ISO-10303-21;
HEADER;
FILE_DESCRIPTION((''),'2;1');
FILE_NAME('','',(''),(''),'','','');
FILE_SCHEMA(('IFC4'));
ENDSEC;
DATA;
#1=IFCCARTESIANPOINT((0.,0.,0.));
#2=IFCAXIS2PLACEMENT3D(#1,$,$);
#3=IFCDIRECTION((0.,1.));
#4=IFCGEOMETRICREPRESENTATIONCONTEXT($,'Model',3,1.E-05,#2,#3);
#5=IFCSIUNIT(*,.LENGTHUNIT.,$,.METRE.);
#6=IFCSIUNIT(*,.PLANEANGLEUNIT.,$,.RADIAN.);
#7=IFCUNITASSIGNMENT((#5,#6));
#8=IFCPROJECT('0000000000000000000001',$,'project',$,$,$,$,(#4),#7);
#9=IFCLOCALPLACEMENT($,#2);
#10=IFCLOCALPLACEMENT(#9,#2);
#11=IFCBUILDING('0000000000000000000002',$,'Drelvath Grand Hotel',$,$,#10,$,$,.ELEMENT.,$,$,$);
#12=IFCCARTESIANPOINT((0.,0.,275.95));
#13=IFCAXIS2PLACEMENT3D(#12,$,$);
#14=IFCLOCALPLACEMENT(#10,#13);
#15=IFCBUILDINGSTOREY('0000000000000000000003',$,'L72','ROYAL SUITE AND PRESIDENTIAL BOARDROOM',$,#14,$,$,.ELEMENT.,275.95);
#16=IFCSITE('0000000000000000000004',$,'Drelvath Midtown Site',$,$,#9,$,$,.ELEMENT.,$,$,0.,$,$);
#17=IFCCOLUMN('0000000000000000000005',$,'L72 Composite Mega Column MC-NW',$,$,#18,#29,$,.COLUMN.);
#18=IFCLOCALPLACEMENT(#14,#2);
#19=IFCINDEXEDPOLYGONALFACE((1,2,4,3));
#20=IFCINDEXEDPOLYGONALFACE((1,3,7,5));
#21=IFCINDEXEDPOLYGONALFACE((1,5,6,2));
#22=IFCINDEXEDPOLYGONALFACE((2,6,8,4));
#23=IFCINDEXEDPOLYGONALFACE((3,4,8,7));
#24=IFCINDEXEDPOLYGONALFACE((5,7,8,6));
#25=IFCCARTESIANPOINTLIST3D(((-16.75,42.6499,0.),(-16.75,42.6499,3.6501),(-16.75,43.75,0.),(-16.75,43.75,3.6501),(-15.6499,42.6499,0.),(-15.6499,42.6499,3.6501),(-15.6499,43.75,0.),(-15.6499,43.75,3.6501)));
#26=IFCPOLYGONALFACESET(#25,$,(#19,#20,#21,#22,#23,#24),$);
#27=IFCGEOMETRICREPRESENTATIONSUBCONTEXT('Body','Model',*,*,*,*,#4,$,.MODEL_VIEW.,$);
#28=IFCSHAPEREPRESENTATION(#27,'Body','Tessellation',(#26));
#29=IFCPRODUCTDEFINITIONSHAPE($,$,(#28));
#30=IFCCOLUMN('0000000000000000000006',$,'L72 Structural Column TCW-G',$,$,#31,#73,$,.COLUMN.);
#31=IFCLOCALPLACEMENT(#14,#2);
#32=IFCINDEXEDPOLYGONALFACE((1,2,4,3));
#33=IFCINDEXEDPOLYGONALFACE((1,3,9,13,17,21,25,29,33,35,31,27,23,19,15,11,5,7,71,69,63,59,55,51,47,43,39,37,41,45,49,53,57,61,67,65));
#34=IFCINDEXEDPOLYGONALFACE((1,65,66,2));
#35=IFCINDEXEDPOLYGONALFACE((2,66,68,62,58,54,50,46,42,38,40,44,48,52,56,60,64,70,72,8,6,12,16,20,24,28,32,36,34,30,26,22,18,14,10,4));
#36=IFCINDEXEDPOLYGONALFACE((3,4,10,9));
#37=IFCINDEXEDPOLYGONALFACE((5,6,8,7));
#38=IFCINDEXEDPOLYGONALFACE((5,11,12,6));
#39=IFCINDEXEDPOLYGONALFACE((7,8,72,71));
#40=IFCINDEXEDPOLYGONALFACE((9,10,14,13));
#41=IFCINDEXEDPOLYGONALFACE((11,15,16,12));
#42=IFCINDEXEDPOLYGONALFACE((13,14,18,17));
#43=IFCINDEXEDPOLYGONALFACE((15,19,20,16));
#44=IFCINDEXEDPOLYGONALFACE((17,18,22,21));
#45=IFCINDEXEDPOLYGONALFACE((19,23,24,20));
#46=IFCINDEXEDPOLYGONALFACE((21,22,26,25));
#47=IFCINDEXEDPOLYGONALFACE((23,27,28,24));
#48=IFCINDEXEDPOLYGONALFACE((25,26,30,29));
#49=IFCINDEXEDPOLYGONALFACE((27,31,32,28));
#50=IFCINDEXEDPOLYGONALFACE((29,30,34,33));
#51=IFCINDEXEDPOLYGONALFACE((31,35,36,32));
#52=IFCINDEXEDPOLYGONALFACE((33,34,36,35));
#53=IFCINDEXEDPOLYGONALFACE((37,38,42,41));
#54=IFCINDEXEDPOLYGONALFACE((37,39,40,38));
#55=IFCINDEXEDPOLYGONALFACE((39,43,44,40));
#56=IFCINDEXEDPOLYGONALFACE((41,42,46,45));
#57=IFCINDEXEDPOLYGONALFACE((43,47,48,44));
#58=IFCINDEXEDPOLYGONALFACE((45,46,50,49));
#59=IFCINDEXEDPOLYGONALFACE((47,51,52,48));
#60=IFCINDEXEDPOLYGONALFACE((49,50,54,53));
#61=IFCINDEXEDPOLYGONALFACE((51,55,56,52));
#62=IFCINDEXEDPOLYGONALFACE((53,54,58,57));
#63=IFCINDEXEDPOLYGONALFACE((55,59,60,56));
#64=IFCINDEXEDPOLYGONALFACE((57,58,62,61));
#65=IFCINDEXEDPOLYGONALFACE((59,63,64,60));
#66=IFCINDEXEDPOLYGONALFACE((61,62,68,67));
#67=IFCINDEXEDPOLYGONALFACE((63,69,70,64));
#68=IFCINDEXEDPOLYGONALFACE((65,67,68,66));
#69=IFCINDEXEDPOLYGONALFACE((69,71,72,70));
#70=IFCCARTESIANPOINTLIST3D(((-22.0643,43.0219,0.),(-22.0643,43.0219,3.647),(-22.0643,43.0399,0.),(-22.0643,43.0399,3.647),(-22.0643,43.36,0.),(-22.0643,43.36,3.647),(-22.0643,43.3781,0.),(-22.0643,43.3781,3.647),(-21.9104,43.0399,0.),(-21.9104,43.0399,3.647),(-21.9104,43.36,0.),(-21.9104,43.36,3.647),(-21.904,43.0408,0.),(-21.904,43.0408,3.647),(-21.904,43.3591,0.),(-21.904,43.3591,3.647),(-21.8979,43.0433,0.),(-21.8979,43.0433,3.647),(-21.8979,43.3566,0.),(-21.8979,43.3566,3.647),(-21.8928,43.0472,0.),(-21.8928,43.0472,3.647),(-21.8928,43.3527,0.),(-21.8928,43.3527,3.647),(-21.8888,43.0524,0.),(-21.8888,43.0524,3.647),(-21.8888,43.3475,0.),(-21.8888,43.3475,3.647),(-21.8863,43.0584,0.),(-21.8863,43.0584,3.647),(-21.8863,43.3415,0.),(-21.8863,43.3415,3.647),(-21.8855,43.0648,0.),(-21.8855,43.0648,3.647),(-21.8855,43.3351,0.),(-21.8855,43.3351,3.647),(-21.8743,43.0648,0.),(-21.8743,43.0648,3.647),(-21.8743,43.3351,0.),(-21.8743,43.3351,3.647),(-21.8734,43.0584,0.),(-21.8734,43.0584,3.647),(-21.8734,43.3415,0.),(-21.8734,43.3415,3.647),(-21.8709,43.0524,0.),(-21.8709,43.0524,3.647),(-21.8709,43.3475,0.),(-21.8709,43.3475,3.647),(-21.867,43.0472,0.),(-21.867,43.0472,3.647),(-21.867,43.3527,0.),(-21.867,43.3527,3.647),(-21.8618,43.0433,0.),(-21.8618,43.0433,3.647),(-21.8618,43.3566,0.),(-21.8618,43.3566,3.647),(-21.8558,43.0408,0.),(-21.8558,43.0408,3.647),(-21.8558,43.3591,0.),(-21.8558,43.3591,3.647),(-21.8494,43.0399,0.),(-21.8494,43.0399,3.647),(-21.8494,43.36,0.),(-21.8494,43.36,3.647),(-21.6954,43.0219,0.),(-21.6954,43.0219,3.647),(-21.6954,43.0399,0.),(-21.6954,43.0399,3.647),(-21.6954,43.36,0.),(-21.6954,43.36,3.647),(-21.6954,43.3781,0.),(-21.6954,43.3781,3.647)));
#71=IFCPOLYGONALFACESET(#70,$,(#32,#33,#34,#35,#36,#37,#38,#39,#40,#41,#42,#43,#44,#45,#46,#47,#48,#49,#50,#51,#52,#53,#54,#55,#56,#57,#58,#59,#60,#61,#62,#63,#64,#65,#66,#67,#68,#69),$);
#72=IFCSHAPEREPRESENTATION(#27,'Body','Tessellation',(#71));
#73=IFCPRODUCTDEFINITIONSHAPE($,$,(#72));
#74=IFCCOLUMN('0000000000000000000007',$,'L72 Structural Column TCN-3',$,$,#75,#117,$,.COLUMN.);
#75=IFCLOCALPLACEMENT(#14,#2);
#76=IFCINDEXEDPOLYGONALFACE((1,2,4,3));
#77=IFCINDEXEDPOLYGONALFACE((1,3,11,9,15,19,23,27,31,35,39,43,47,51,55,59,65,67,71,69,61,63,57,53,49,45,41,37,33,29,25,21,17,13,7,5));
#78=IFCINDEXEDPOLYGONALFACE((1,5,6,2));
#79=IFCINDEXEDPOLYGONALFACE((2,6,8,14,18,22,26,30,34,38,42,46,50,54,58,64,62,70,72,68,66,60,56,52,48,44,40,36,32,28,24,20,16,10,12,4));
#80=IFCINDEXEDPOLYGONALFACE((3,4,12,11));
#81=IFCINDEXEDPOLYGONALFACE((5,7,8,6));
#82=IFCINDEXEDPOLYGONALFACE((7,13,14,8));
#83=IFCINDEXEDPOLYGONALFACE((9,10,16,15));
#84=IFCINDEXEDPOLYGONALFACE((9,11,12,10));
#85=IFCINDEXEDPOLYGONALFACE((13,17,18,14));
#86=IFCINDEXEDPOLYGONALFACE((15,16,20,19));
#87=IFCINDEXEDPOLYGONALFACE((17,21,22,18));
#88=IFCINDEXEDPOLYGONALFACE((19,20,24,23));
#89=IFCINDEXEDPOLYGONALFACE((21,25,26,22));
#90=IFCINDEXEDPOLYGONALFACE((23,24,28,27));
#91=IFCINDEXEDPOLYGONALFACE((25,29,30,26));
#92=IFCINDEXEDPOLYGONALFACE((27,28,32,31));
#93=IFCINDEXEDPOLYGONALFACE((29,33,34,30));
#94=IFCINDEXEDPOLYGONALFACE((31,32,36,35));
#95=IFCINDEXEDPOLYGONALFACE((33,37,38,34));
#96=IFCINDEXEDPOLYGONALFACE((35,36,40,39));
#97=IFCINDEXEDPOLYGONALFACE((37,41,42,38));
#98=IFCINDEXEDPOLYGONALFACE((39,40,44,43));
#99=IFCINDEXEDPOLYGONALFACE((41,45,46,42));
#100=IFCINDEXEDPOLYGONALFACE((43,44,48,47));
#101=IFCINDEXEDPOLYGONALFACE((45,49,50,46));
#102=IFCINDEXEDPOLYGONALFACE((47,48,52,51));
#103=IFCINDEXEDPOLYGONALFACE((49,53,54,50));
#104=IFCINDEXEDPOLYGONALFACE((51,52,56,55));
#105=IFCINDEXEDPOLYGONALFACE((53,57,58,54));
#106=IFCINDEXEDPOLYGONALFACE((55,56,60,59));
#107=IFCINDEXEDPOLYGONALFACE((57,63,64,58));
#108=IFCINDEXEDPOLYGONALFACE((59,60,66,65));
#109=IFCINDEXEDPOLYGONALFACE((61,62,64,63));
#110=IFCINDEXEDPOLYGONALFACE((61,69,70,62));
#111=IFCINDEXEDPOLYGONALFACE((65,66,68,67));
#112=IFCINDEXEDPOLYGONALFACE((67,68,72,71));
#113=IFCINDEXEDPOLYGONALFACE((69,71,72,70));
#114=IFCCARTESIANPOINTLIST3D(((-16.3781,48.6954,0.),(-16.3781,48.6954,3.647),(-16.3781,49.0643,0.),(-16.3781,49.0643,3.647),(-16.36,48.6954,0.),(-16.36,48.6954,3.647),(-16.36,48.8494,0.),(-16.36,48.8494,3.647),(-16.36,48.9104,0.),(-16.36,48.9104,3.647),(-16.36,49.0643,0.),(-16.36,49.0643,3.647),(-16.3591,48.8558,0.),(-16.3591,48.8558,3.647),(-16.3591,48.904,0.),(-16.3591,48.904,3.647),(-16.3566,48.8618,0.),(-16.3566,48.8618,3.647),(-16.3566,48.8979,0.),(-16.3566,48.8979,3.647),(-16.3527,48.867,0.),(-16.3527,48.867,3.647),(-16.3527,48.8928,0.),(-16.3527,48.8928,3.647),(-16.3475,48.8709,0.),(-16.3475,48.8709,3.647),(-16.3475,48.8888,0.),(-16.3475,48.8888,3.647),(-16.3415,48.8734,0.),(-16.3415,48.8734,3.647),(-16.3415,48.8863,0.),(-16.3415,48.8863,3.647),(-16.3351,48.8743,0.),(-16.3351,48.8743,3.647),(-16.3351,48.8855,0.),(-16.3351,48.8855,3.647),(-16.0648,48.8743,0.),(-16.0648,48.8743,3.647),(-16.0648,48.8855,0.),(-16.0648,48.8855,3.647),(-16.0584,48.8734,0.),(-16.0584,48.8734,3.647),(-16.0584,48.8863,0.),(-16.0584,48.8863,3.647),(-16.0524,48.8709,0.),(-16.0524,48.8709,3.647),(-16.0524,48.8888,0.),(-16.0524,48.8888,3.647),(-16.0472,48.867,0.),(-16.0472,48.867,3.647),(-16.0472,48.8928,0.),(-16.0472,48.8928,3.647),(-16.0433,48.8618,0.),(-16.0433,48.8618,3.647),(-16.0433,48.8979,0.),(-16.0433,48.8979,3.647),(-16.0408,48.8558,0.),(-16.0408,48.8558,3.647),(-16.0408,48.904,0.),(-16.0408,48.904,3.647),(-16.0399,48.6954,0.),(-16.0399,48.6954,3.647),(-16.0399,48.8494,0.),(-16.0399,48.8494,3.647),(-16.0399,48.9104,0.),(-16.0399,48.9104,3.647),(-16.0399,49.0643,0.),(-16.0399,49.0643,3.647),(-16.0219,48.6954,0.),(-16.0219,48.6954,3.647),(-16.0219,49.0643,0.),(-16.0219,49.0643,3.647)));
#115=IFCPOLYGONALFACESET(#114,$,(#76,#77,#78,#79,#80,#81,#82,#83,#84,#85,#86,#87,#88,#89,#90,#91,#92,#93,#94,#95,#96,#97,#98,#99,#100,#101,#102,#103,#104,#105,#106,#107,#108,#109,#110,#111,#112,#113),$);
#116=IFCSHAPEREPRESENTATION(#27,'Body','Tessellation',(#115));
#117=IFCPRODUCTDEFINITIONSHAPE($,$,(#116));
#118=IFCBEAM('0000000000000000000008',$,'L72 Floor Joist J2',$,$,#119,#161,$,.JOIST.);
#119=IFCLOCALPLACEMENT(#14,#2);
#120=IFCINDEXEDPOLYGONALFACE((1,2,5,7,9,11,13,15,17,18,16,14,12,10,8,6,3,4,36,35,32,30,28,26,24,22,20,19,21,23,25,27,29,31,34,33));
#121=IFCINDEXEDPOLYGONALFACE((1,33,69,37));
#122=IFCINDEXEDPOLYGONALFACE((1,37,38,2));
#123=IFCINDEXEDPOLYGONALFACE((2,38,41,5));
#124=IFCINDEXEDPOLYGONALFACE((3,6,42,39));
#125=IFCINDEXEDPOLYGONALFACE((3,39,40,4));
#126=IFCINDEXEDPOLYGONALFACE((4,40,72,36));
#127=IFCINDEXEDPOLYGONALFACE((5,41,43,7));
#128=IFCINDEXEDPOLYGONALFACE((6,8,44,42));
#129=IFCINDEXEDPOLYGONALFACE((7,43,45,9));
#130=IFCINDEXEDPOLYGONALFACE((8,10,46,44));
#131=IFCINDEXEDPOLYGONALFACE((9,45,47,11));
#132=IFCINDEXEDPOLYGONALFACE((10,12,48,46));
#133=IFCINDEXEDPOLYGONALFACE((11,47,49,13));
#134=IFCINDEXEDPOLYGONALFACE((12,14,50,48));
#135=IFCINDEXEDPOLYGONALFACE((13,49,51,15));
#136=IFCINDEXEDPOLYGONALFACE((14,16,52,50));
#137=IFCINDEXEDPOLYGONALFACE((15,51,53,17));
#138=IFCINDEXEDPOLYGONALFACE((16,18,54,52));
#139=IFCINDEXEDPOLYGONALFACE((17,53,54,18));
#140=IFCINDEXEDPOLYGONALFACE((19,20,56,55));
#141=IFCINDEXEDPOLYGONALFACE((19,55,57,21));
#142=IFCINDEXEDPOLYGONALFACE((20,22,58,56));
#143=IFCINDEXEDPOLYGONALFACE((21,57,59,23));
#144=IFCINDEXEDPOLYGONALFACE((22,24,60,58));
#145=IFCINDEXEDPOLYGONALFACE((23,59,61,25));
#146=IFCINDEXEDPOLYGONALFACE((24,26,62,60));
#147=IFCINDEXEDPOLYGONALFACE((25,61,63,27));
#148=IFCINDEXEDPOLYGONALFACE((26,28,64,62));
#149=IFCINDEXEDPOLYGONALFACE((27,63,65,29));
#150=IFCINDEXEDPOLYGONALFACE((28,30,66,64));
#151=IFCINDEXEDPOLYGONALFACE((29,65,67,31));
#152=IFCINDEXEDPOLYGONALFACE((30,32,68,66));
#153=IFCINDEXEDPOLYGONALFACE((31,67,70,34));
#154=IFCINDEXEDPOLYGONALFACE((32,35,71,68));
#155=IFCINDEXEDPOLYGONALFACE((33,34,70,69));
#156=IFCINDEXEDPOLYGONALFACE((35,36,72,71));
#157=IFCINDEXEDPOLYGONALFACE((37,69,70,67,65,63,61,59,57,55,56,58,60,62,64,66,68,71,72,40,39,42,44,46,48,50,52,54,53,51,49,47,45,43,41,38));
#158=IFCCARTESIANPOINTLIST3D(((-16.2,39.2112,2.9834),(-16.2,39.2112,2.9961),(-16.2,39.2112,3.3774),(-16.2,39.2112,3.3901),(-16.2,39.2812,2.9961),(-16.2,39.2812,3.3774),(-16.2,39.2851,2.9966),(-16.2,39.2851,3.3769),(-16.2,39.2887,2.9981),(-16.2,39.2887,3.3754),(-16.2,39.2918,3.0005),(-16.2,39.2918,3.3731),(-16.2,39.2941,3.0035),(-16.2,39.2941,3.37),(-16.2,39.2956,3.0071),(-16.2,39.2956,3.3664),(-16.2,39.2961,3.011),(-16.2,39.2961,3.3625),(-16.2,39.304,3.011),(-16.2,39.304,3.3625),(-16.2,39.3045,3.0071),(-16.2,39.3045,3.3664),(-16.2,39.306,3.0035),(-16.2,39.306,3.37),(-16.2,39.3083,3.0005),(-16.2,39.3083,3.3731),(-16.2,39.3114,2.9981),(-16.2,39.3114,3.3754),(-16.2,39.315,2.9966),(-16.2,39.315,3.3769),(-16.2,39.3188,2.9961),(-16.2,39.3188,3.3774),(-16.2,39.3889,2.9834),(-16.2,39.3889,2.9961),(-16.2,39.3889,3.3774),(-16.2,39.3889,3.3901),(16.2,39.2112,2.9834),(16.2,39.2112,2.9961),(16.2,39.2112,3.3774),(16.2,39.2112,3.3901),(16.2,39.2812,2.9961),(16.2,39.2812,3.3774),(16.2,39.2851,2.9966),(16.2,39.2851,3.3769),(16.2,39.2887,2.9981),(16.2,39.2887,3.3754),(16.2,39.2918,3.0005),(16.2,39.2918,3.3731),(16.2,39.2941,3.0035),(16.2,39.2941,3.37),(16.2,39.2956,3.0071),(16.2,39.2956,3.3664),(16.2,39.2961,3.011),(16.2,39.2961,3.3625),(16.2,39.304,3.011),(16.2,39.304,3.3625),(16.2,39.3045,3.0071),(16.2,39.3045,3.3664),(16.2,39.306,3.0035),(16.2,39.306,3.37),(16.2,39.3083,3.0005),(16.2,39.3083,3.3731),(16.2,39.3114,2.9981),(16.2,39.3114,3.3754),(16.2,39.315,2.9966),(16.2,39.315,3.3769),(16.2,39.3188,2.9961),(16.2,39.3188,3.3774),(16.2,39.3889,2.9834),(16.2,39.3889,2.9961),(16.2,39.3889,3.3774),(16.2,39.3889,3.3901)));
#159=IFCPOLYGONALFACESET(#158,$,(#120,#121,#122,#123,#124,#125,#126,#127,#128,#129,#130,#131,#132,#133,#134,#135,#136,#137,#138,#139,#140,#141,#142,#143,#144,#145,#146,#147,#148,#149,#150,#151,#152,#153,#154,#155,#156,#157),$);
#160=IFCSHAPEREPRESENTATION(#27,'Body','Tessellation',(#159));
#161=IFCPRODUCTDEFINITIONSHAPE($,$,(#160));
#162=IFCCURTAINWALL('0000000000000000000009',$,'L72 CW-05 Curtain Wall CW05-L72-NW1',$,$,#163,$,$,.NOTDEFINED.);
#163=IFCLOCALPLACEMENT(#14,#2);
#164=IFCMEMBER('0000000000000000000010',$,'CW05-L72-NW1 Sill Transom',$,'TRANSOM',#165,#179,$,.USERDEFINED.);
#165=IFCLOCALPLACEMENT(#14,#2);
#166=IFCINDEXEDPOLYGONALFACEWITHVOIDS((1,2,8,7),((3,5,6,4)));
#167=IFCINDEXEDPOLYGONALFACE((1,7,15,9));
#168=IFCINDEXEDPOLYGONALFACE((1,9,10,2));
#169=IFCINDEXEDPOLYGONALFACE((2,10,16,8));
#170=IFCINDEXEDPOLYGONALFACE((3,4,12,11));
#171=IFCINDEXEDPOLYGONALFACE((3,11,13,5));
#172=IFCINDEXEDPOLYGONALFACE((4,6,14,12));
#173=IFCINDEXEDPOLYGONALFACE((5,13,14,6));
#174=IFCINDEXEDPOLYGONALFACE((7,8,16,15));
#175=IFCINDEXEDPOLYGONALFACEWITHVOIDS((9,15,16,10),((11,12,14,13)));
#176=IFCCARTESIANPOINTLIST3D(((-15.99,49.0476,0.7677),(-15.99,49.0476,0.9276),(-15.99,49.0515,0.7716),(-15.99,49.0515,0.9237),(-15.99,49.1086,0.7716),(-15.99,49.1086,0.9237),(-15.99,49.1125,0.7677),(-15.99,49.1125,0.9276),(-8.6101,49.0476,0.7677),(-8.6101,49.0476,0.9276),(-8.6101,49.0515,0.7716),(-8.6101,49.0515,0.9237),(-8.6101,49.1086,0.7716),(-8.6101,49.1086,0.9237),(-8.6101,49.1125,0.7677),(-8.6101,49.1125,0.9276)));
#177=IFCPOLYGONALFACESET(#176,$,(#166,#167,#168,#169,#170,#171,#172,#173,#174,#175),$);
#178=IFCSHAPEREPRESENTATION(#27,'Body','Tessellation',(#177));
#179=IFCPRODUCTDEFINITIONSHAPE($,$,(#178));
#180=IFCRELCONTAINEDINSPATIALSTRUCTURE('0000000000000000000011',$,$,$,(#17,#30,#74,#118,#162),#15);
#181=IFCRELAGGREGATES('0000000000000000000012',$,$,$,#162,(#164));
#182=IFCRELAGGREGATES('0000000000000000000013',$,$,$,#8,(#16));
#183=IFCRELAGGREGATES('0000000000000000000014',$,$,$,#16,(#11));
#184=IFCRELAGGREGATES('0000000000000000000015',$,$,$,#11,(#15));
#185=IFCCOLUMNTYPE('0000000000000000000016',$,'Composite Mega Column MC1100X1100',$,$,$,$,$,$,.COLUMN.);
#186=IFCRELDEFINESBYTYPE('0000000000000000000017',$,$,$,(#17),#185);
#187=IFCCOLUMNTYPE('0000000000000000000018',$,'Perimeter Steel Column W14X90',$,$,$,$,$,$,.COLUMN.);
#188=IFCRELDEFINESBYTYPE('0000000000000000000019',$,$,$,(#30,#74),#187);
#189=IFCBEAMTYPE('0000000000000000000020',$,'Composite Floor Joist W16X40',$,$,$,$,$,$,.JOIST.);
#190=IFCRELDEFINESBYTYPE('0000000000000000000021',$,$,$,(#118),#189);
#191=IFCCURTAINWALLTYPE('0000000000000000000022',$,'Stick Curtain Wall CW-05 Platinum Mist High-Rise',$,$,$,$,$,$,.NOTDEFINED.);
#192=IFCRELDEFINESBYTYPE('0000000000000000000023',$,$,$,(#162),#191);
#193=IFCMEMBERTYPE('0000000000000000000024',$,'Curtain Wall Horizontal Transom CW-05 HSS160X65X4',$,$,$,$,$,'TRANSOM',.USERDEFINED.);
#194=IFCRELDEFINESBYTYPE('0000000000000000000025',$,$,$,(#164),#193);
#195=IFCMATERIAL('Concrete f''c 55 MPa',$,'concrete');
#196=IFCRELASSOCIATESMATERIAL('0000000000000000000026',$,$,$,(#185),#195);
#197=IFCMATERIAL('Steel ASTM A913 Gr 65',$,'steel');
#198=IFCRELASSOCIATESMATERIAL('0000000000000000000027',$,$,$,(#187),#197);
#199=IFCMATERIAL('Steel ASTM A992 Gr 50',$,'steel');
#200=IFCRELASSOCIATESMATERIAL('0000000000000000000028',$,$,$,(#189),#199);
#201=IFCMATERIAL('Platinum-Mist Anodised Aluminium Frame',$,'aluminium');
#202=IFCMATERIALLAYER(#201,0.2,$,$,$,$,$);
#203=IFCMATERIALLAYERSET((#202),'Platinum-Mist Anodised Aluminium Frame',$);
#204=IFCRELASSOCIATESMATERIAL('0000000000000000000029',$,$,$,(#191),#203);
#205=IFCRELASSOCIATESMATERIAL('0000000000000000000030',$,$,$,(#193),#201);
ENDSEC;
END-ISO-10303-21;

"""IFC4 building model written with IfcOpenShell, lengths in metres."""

from ifc_helpers import new_model, si_unit, direction, frame, origin, origin_2d, place, context, subcontext, project, spatial, rectangle, hollow_rectangle, i_section, extrude, material, layer, layer_set, material_profile, profile_set, type_object, element, aggregate, save


model = new_model("IFC4")

# Units and contexts
model_context = context("Model", 3, precision=1e-05, world=origin(), true_north=direction((0.0, 1.0)))
body_context = subcontext(model_context, "Body", "Model", "MODEL_VIEW")
ifc_project = project(units=[si_unit("LENGTHUNIT", "METRE"), si_unit("PLANEANGLEUNIT", "RADIAN")], contexts=[model_context])

# Site, building, storey
site_placement = place(None, origin())
site = spatial("IfcSite", under=ifc_project, at=site_placement, Name="Drelvath Midtown Site", CompositionType="ELEMENT", RefElevation=0.0)
building_placement = place(site_placement, origin())
building = spatial("IfcBuilding", under=site, at=building_placement, Name="Drelvath Grand Hotel", CompositionType="ELEMENT")
storey_placement = place(building_placement, frame((0.0, 0.0, 275.95)))
storey = spatial("IfcBuildingStorey", under=building, at=storey_placement, Name="L72", Description="ROYAL SUITE AND PRESIDENTIAL BOARDROOM", CompositionType="ELEMENT", Elevation=275.95)

# Columns
ifc_material_1 = material(Name="Concrete f'c 55 MPa", Category="concrete")
ifc_material_profile_1 = material_profile(ifc_material_1, rectangle(XDim=1.1001, YDim=1.1001, at=origin_2d()), Name="MC1100X1100")
ifc_profile_set_1 = profile_set([ifc_material_profile_1], Name="Concrete f'c 55 MPa")
column_type_1 = type_object("IfcColumnType", Name="Composite Mega Column MC1100X1100", PredefinedType="COLUMN", material=ifc_profile_set_1)
column_placement = place(storey_placement, frame((-16.2, 43.2, 0.0), z_axis=(0.0, 0.0, 1.0), x_axis=(1.0, 0.0, 0.0)))
element("IfcColumn", 1, at=column_placement, inside=storey, type_object=column_type_1, Name="L72 Composite Mega Column MC-NW", PredefinedType="COLUMN", context=body_context, shape_type="SweptSolid", body=[
    extrude(rectangle(XDim=1.1001, YDim=1.1001, at=origin_2d()), origin(), (0.0, 0.0, 1.0), 3.6501),
])
ifc_material_2 = material(Name="Steel ASTM A913 Gr 65", Category="steel")
ifc_material_profile_2 = material_profile(ifc_material_2, i_section(OverallWidth=0.3689, OverallDepth=0.3562, WebThickness=0.0112, FlangeThickness=0.0181, FilletRadius=0.0249, at=origin_2d()), Name="W14X90")
ifc_profile_set_2 = profile_set([ifc_material_profile_2], Name="Steel ASTM A913 Gr 65")
column_type_2 = type_object("IfcColumnType", Name="Perimeter Steel Column W14X90", PredefinedType="COLUMN", material=ifc_profile_set_2)
for number, where, z_axis, x_axis, name in (
    (2, (-21.8799, 43.2, 0.0), (0.0, 0.0, 1.0), (1.0, 0.0, 0.0), "L72 Structural Column TCW-G"),
    (3, (-16.2, 48.8799, 0.0), (0.0, 0.0, 1.0), (0.0, 1.0, 0.0), "L72 Structural Column TCN-3"),
):
    element("IfcColumn", number, at=place(storey_placement, frame(where, z_axis=z_axis, x_axis=x_axis)), inside=storey, type_object=column_type_2, Name=name, PredefinedType="COLUMN", context=body_context, shape_type="SweptSolid", body=[
        extrude(i_section(OverallWidth=0.3689, OverallDepth=0.3562, WebThickness=0.0112, FlangeThickness=0.0181, FilletRadius=0.0249, at=origin_2d()), origin(), (0.0, 0.0, 1.0), 3.647),
    ])

# Beam
ifc_material_3 = material(Name="Steel ASTM A992 Gr 50", Category="steel")
ifc_material_profile_3 = material_profile(ifc_material_3, i_section(OverallWidth=0.1777, OverallDepth=0.4067, WebThickness=0.0078, FlangeThickness=0.0127, FilletRadius=0.0149, at=origin_2d()), Name="W16X40")
ifc_profile_set_3 = profile_set([ifc_material_profile_3], Name="Steel ASTM A992 Gr 50")
beam_type_1 = type_object("IfcBeamType", Name="Composite Floor Joist W16X40", PredefinedType="JOIST", material=ifc_profile_set_3)
beam_1_placement = place(storey_placement, frame((-16.2, 39.3, 3.1868), z_axis=(1.0, 0.0, 0.0), x_axis=(0.0, 1.0, 0.0)))
element("IfcBeam", 4, at=beam_1_placement, inside=storey, type_object=beam_type_1, Name="L72 Floor Joist J2", PredefinedType="JOIST", context=body_context, shape_type="SweptSolid", body=[
    extrude(i_section(OverallWidth=0.1777, OverallDepth=0.4067, WebThickness=0.0078, FlangeThickness=0.0127, FilletRadius=0.0149, at=origin_2d()), origin(), (0.0, 0.0, 1.0), 32.3999),
])

# Curtain wall, member
ifc_material_4 = material(Name="Platinum-Mist Anodised Aluminium Frame", Category="aluminium")
ifc_layer_1 = layer(ifc_material_4, 0.2)
ifc_layer_set_1 = layer_set([ifc_layer_1], Name="Platinum-Mist Anodised Aluminium Frame")
curtain_wall_type = type_object("IfcCurtainWallType", Name="Stick Curtain Wall CW-05 Platinum Mist High-Rise", PredefinedType="NOTDEFINED", material=ifc_layer_set_1)
curtain_wall_placement = place(storey_placement, origin())
curtain_wall = element("IfcCurtainWall", 5, at=curtain_wall_placement, inside=storey, type_object=curtain_wall_type, Name="L72 CW-05 Curtain Wall CW05-L72-NW1", PredefinedType="NOTDEFINED")
ifc_material_profile_4 = material_profile(ifc_material_4, hollow_rectangle(XDim=0.0649, YDim=0.1599, WallThickness=0.0039, at=origin_2d()), Name="HSS160X65X4")
ifc_profile_set_4 = profile_set([ifc_material_profile_4], Name="Platinum-Mist Anodised Aluminium Frame")
member_type_1 = type_object("IfcMemberType", Name="Curtain Wall Horizontal Transom CW-05 HSS160X65X4", ElementType="TRANSOM", PredefinedType="USERDEFINED", material=ifc_profile_set_4)
member_1_placement = place(storey_placement, frame((-15.99, 49.0801, 0.8477), z_axis=(1.0, 0.0, 0.0), x_axis=(0.0, 1.0, 0.0)))
member_1 = element("IfcMember", 6, at=member_1_placement, type_object=member_type_1, Name="CW05-L72-NW1 Sill Transom", ObjectType="TRANSOM", PredefinedType="USERDEFINED", context=body_context, shape_type="SweptSolid", body=[
    extrude(hollow_rectangle(XDim=0.0649, YDim=0.1599, WallThickness=0.0039, at=origin_2d()), origin(), (0.0, 0.0, 1.0), 7.3799),
])

aggregate(curtain_wall, [member_1])

save(model, "model.ifc")
